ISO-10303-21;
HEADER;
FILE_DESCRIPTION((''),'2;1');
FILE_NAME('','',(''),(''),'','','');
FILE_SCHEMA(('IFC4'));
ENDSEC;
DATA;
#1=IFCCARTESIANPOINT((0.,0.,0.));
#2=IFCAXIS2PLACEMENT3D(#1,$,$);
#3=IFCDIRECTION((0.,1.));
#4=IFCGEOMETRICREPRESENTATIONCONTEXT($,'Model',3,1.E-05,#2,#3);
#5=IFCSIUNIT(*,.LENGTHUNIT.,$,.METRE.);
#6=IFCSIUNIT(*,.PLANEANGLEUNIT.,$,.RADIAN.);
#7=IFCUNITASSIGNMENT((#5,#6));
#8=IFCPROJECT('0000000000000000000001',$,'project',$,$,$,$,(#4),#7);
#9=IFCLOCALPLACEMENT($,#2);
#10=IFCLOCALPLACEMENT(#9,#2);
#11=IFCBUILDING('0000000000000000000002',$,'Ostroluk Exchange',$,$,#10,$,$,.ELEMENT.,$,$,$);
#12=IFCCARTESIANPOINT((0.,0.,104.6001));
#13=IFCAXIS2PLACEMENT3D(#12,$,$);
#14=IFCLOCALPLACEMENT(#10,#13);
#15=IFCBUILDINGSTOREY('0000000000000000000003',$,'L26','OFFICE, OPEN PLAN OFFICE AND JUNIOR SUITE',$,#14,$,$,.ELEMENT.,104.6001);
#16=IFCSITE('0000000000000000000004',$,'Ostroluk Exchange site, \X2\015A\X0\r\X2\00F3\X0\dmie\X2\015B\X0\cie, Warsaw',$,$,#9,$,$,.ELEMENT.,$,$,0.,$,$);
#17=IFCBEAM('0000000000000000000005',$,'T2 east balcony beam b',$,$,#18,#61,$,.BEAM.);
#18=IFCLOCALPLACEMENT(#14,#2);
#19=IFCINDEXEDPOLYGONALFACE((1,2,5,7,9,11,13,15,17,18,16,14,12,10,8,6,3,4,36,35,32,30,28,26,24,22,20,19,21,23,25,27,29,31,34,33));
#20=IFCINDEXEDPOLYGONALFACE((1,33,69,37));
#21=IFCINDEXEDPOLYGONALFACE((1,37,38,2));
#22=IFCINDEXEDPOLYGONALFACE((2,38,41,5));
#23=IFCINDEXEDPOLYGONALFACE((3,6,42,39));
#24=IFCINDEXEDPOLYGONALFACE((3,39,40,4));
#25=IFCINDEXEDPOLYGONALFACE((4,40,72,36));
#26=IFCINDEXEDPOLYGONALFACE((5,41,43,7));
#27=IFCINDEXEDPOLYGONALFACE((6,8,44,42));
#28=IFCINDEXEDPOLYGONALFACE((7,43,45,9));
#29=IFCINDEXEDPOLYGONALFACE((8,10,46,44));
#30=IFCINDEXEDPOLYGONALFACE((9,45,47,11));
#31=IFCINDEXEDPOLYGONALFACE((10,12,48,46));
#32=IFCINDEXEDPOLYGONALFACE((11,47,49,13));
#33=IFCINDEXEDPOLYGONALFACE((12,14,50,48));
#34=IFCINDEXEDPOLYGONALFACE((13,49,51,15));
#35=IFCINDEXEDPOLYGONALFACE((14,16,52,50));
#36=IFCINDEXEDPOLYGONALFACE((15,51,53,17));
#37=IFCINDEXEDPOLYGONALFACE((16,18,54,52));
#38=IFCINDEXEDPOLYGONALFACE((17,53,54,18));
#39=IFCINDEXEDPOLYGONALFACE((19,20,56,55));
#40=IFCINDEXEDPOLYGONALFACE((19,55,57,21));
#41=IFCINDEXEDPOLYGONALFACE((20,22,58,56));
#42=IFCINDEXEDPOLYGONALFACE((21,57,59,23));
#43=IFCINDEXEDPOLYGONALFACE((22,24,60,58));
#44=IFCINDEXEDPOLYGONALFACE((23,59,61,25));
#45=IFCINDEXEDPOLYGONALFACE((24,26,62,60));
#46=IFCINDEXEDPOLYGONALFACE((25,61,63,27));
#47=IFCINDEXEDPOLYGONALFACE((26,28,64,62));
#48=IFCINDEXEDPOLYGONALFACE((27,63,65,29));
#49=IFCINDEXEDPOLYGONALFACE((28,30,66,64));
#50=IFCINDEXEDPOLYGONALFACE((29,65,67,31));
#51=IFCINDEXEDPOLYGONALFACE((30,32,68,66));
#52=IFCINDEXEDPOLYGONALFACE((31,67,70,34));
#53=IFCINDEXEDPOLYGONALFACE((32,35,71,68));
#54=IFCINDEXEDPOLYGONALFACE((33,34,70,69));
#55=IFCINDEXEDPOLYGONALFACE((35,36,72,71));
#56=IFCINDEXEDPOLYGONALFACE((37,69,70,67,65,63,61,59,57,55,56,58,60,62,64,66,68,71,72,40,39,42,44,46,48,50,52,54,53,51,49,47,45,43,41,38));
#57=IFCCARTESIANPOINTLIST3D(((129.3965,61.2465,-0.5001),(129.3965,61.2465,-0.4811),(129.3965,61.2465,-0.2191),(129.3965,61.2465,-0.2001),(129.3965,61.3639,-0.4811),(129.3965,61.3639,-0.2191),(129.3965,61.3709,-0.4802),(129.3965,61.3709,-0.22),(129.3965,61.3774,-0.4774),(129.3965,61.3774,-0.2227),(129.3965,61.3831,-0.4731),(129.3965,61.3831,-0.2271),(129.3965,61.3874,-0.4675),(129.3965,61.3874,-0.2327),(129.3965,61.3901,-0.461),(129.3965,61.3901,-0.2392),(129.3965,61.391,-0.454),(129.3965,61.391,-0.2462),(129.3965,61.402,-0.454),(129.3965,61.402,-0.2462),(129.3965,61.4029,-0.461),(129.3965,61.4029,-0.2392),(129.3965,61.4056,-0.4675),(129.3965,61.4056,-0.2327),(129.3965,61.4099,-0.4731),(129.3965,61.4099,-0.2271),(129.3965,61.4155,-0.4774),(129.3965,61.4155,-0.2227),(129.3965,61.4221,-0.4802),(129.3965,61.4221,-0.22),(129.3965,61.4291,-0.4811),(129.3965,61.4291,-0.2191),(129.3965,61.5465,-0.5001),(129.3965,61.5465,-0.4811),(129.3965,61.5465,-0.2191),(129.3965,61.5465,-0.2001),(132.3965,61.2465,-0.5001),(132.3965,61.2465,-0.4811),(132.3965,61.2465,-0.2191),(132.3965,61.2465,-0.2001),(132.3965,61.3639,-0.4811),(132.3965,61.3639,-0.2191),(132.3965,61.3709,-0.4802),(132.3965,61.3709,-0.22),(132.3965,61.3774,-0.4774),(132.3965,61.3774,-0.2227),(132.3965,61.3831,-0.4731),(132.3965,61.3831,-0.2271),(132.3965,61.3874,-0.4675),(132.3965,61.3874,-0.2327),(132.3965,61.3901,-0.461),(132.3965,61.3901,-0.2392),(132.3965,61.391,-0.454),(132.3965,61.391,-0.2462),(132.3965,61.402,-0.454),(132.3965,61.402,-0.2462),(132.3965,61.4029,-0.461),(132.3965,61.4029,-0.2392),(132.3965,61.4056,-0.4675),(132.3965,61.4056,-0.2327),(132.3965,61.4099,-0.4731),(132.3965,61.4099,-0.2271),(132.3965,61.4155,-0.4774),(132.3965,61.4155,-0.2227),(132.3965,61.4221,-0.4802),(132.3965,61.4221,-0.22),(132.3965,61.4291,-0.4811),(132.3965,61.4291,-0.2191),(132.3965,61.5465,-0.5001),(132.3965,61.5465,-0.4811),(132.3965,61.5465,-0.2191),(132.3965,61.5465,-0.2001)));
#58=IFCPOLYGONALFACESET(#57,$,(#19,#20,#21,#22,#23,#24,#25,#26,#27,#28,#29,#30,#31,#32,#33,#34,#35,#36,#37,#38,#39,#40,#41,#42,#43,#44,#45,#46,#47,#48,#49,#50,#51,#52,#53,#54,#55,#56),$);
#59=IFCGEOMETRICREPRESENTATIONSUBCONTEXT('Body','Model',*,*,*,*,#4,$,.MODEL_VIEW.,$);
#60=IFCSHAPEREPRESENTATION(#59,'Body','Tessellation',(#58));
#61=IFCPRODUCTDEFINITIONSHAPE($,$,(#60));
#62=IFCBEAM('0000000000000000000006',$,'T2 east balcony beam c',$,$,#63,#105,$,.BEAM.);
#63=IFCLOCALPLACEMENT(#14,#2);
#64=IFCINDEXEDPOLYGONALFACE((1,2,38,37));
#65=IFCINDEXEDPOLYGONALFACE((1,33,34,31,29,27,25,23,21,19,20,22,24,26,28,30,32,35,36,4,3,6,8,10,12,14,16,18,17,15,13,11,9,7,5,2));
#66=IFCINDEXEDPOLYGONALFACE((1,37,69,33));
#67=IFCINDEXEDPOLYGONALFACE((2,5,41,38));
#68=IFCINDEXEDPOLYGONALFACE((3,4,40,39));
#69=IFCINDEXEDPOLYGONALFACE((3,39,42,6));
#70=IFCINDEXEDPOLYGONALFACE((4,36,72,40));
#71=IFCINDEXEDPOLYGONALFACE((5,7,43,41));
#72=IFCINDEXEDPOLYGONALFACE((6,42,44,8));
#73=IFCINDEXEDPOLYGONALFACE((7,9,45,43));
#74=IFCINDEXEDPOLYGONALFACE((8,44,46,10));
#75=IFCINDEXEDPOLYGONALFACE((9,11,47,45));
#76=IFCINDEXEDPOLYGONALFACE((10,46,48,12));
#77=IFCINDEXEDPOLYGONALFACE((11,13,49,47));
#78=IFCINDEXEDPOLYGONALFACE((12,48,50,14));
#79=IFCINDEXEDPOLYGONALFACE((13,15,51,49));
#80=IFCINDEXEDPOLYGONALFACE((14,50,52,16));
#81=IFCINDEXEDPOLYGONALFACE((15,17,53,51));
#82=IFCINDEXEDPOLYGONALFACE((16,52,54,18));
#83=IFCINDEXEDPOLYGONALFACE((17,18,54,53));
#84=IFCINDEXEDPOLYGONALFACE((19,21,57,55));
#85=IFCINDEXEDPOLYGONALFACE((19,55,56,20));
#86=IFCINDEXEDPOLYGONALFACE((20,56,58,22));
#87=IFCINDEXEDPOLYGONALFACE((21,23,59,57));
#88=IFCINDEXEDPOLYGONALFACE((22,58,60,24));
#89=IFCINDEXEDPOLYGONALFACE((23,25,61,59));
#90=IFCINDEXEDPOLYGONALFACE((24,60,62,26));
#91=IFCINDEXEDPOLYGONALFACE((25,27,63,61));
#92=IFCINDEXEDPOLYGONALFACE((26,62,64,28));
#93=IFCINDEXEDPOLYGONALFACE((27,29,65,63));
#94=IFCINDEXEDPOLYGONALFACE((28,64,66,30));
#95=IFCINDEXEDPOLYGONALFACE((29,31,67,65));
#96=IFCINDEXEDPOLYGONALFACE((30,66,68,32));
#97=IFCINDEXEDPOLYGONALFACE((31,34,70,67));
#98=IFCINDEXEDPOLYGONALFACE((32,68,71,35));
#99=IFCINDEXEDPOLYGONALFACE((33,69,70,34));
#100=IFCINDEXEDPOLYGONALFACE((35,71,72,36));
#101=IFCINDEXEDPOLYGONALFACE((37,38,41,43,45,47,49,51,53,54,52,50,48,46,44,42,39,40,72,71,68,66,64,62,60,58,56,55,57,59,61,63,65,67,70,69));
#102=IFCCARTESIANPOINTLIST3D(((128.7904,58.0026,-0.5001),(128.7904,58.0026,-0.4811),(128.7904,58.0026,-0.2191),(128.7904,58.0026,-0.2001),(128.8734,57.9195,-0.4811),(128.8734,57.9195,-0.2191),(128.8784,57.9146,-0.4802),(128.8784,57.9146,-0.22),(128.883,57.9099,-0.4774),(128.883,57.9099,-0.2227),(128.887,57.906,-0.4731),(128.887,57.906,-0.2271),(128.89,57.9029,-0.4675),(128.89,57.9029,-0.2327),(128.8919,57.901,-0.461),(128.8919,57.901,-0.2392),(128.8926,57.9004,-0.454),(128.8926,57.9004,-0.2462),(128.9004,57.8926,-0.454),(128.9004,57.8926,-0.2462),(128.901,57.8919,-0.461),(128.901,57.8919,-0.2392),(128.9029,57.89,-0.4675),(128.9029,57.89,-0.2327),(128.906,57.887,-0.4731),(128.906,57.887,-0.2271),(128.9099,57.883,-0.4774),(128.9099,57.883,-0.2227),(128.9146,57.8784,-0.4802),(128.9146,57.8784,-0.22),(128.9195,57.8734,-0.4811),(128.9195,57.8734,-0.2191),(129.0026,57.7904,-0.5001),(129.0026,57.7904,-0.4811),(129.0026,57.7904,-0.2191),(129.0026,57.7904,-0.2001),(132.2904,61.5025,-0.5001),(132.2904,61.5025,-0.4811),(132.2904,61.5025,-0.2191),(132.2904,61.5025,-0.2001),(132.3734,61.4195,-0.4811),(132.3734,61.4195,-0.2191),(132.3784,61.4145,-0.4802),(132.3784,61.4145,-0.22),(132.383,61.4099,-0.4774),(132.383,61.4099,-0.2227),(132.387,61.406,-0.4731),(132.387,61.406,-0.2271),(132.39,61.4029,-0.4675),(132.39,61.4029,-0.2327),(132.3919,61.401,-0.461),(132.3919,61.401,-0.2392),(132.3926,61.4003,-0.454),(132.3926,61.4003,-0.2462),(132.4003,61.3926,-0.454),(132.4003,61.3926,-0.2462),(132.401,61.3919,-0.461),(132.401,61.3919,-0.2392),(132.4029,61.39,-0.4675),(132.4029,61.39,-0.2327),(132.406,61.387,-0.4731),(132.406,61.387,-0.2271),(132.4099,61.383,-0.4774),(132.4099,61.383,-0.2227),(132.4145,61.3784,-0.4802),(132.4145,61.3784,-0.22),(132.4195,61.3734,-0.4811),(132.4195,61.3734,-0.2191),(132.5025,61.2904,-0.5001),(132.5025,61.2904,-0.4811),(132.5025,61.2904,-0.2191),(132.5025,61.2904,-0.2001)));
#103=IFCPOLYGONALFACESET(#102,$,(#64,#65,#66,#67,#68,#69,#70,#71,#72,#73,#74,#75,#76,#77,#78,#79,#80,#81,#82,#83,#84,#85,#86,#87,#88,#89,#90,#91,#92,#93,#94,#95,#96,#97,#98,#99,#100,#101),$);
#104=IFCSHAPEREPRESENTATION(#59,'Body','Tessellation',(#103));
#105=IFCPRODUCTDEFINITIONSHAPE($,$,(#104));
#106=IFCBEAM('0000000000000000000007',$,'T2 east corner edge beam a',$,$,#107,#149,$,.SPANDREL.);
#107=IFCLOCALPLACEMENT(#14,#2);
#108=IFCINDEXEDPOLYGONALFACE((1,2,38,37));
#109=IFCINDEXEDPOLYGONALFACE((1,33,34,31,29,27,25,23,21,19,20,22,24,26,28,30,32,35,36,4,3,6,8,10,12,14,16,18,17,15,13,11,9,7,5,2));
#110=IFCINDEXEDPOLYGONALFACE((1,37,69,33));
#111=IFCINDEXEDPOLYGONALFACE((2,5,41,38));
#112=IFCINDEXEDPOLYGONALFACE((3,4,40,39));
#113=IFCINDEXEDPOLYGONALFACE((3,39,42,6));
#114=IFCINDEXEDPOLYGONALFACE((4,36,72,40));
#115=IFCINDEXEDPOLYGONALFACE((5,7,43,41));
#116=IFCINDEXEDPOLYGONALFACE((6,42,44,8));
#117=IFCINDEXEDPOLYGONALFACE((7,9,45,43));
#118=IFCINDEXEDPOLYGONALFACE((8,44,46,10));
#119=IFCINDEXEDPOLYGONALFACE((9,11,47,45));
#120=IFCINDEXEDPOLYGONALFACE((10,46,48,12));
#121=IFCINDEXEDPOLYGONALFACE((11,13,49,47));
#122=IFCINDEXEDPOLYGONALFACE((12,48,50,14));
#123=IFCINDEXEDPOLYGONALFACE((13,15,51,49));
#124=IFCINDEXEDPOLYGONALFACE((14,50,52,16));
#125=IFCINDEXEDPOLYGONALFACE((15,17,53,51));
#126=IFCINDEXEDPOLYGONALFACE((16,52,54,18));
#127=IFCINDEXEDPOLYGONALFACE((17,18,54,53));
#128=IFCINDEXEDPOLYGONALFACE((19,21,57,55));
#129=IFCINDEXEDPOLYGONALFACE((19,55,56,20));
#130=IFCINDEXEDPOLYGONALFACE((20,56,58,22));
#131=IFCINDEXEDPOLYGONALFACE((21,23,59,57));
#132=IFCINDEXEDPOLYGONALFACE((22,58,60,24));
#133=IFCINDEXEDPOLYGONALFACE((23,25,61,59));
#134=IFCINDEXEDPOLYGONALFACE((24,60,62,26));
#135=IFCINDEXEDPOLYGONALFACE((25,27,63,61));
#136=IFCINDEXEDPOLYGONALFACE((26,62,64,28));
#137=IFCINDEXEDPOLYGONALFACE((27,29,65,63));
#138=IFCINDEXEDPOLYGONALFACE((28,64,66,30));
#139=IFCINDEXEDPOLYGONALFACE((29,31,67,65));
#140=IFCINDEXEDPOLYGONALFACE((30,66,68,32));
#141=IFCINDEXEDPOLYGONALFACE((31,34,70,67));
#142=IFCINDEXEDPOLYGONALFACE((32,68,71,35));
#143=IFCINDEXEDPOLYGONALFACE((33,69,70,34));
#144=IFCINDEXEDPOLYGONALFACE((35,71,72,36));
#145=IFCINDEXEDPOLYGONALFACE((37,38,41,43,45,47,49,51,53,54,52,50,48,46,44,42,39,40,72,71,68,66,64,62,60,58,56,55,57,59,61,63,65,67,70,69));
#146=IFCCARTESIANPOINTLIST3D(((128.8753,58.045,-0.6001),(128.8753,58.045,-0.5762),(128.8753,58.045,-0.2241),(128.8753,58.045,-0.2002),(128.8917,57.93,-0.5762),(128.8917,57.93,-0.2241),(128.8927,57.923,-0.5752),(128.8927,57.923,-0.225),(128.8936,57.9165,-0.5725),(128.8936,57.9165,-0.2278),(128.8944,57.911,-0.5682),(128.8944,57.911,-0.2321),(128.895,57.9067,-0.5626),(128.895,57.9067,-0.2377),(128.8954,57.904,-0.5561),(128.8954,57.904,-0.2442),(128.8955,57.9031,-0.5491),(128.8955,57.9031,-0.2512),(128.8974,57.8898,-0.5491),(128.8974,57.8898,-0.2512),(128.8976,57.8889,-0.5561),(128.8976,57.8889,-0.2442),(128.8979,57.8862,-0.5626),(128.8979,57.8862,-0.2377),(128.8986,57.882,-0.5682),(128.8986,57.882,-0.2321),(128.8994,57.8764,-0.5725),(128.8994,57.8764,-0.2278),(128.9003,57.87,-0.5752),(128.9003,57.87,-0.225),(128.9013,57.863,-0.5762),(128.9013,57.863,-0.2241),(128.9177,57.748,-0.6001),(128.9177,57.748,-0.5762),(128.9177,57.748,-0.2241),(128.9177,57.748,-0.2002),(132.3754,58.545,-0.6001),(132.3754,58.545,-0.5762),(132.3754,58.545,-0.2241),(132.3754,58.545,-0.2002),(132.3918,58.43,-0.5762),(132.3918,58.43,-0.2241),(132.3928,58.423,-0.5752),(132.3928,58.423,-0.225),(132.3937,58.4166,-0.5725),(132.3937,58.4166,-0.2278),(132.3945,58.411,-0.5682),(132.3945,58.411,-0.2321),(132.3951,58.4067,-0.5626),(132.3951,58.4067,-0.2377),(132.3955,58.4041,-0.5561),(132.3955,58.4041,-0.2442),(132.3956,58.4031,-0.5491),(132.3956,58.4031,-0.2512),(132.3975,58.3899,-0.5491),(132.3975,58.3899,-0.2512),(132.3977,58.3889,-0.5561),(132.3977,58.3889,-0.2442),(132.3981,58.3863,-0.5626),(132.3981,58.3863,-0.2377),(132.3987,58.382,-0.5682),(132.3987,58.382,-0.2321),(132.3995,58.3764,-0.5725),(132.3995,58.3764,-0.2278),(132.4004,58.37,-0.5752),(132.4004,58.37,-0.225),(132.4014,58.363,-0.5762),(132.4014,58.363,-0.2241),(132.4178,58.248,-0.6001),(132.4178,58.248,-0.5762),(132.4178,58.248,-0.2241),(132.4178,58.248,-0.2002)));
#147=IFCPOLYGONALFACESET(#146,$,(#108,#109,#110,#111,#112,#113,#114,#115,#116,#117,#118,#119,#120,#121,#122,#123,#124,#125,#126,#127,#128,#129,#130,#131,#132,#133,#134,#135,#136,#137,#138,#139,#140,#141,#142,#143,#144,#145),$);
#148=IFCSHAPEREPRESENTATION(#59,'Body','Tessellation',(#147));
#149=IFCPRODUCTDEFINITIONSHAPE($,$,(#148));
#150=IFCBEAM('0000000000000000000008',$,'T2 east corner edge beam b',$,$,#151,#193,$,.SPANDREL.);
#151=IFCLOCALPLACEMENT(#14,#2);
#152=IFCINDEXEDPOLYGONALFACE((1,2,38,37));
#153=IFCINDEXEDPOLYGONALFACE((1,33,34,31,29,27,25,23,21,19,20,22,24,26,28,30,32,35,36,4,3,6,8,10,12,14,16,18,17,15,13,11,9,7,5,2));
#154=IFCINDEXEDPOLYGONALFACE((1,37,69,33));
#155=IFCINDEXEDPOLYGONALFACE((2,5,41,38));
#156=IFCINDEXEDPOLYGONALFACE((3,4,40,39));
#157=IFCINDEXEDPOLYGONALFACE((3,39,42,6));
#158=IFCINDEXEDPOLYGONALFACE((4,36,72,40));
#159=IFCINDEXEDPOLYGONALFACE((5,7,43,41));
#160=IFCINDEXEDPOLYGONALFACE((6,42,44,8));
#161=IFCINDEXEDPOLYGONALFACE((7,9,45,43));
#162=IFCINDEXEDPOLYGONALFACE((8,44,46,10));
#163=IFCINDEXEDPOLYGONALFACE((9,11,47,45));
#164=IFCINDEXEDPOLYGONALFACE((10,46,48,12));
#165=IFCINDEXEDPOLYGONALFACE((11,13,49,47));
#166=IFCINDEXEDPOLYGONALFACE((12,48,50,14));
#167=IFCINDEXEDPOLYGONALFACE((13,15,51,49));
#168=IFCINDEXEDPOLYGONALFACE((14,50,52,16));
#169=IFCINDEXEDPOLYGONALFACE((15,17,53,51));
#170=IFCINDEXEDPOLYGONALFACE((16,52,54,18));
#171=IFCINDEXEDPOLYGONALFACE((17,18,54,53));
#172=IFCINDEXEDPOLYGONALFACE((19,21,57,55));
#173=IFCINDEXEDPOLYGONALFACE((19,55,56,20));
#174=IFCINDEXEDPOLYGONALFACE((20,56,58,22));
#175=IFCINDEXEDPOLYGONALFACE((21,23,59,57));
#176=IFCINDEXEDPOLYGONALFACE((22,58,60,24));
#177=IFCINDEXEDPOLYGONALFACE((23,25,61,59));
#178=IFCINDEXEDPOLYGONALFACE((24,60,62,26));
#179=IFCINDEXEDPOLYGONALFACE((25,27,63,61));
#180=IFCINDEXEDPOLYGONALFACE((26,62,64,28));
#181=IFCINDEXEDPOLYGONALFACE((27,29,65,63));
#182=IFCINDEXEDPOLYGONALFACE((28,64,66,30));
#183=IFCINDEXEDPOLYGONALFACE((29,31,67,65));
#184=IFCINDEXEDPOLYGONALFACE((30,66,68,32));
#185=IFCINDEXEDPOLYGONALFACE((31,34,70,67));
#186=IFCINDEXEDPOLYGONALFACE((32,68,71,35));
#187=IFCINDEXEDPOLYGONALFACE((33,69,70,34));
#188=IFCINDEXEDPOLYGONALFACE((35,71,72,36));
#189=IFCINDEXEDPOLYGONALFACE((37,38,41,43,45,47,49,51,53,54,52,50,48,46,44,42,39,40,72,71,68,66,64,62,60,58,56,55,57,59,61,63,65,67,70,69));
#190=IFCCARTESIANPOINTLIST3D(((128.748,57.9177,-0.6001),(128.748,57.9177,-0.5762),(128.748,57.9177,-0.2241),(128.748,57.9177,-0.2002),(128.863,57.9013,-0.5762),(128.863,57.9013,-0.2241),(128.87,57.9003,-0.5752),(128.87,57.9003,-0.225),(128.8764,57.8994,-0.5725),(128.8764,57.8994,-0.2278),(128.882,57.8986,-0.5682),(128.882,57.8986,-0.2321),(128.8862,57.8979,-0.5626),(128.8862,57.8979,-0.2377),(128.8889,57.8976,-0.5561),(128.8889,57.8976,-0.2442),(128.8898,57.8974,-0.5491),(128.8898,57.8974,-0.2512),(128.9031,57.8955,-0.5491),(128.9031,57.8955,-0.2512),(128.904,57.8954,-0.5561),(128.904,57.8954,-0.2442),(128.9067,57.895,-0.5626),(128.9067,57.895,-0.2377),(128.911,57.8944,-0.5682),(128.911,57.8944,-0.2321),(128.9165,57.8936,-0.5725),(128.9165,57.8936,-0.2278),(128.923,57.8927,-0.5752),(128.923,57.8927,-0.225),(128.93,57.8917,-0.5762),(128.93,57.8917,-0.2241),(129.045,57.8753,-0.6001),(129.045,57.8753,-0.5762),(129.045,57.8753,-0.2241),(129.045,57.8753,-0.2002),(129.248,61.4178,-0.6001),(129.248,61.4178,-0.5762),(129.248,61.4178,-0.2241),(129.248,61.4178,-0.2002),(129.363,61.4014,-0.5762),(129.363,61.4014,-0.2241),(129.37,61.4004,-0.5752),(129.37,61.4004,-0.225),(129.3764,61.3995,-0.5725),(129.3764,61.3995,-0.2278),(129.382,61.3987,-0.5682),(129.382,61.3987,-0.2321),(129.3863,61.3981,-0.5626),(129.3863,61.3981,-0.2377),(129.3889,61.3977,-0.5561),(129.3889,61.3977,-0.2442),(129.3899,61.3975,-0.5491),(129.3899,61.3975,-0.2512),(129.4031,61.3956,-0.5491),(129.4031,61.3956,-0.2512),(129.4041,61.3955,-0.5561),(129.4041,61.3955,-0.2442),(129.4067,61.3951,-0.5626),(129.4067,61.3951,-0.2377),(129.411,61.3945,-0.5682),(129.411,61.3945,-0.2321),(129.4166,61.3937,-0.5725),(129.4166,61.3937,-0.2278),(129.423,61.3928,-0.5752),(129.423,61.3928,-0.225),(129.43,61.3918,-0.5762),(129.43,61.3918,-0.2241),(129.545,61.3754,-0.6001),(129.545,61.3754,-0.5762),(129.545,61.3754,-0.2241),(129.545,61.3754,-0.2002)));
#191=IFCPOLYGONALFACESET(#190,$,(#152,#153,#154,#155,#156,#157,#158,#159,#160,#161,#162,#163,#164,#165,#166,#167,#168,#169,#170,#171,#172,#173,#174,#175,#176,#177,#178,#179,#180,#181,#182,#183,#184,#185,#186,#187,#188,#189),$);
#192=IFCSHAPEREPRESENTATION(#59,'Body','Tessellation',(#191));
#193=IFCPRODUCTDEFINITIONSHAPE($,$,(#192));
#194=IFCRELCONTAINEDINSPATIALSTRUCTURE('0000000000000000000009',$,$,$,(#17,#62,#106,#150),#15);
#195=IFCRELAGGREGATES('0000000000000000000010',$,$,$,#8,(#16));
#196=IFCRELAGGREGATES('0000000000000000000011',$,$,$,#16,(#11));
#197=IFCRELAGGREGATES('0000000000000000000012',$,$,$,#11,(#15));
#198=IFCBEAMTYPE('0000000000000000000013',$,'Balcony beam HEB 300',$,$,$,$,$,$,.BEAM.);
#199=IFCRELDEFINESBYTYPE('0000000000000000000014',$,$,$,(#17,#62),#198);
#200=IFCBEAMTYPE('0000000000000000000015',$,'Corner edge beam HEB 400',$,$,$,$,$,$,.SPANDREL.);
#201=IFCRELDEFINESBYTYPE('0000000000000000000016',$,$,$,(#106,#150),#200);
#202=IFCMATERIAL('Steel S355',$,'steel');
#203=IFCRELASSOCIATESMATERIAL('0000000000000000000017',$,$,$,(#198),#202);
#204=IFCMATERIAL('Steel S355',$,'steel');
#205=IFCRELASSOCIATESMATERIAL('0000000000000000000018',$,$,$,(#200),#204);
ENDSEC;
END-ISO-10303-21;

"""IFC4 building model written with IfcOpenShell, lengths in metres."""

from ifc_helpers import new_model, si_unit, direction, frame, origin, origin_2d, place, context, subcontext, project, spatial, i_section, extrude, material, material_profile, profile_set, type_object, element, save


model = new_model("IFC4")

# Units and contexts
model_context = context("Model", 3, precision=1e-05, world=origin(), true_north=direction((0.0, 1.0)))
body_context = subcontext(model_context, "Body", "Model", "MODEL_VIEW")
ifc_project = project(units=[si_unit("LENGTHUNIT", "METRE"), si_unit("PLANEANGLEUNIT", "RADIAN")], contexts=[model_context])

# Site, building, storey
site_placement = place(None, origin())
site = spatial("IfcSite", under=ifc_project, at=site_placement, Name="Ostroluk Exchange site, Śródmieście, Warsaw", CompositionType="ELEMENT", RefElevation=0.0)
building_placement = place(site_placement, origin())
building = spatial("IfcBuilding", under=site, at=building_placement, Name="Ostroluk Exchange", CompositionType="ELEMENT")
storey_placement = place(building_placement, frame((0.0, 0.0, 104.6001)))
storey = spatial("IfcBuildingStorey", under=building, at=storey_placement, Name="L26", Description="OFFICE, OPEN PLAN OFFICE AND JUNIOR SUITE", CompositionType="ELEMENT", Elevation=104.6001)

# Beams
ifc_material_1 = material(Name="Steel S355", Category="steel")
ifc_material_profile_1 = material_profile(ifc_material_1, i_section(OverallWidth=0.3, OverallDepth=0.3, WebThickness=0.011, FlangeThickness=0.019, FilletRadius=0.0271, at=origin_2d()), Name="HEB 300")
ifc_profile_set_1 = profile_set([ifc_material_profile_1], Name="Steel S355")
beam_type_1 = type_object("IfcBeamType", Name="Balcony beam HEB 300", PredefinedType="BEAM", material=ifc_profile_set_1)
for number, where, z_axis, x_axis, name in (
    (1, (129.3965, 61.3965, -0.3501), (1.0, 0.0, 0.0), (0.0, 1.0, 0.0), "T2 east balcony beam b"),
):
    element("IfcBeam", number, at=place(storey_placement, frame(where, z_axis=z_axis, x_axis=x_axis)), inside=storey, type_object=beam_type_1, Name=name, PredefinedType="BEAM", context=body_context, shape_type="SweptSolid", body=[
        extrude(i_section(OverallWidth=0.3, OverallDepth=0.3, WebThickness=0.011, FlangeThickness=0.019, FilletRadius=0.0271, at=origin_2d()), origin(), (0.0, 0.0, 1.0), 3.0),
    ])
beam_1_placement = place(storey_placement, frame((128.8965, 57.8965, -0.3501), z_axis=(0.707107, 0.707107, 0.0), x_axis=(-0.707107, 0.707107, 0.0)))
element("IfcBeam", 2, at=beam_1_placement, inside=storey, type_object=beam_type_1, Name="T2 east balcony beam c", PredefinedType="BEAM", context=body_context, shape_type="SweptSolid", body=[
    extrude(i_section(OverallWidth=0.3, OverallDepth=0.3, WebThickness=0.011, FlangeThickness=0.019, FilletRadius=0.0271, at=origin_2d()), origin(), (0.0, 0.0, 1.0), 4.9497),
])
ifc_material_2 = material(Name="Steel S355", Category="steel")
ifc_material_profile_2 = material_profile(ifc_material_2, i_section(OverallWidth=0.3, OverallDepth=0.3999, WebThickness=0.0134, FlangeThickness=0.0239, FilletRadius=0.0271, at=origin_2d()), Name="HEB 400")
ifc_profile_set_2 = profile_set([ifc_material_profile_2], Name="Steel S355")
beam_type_2 = type_object("IfcBeamType", Name="Corner edge beam HEB 400", PredefinedType="SPANDREL", material=ifc_profile_set_2)
for number, where, z_axis, x_axis, name in (
    (3, (128.8965, 57.8965, -0.4001), (0.989949, 0.141421, 0.0), (-0.141421, 0.989949, 0.0), "T2 east corner edge beam a"),
    (4, (128.8965, 57.8965, -0.4001), (0.141421, 0.989949, 0.0), (-0.989949, 0.141421, 0.0), "T2 east corner edge beam b"),
):
    element("IfcBeam", number, at=place(storey_placement, frame(where, z_axis=z_axis, x_axis=x_axis)), inside=storey, type_object=beam_type_2, Name=name, PredefinedType="SPANDREL", context=body_context, shape_type="SweptSolid", body=[
        extrude(i_section(OverallWidth=0.3, OverallDepth=0.3999, WebThickness=0.0134, FlangeThickness=0.0239, FilletRadius=0.0271, at=origin_2d()), origin(), (0.0, 0.0, 1.0), 3.5356),
    ])

save(model, "model.ifc")
